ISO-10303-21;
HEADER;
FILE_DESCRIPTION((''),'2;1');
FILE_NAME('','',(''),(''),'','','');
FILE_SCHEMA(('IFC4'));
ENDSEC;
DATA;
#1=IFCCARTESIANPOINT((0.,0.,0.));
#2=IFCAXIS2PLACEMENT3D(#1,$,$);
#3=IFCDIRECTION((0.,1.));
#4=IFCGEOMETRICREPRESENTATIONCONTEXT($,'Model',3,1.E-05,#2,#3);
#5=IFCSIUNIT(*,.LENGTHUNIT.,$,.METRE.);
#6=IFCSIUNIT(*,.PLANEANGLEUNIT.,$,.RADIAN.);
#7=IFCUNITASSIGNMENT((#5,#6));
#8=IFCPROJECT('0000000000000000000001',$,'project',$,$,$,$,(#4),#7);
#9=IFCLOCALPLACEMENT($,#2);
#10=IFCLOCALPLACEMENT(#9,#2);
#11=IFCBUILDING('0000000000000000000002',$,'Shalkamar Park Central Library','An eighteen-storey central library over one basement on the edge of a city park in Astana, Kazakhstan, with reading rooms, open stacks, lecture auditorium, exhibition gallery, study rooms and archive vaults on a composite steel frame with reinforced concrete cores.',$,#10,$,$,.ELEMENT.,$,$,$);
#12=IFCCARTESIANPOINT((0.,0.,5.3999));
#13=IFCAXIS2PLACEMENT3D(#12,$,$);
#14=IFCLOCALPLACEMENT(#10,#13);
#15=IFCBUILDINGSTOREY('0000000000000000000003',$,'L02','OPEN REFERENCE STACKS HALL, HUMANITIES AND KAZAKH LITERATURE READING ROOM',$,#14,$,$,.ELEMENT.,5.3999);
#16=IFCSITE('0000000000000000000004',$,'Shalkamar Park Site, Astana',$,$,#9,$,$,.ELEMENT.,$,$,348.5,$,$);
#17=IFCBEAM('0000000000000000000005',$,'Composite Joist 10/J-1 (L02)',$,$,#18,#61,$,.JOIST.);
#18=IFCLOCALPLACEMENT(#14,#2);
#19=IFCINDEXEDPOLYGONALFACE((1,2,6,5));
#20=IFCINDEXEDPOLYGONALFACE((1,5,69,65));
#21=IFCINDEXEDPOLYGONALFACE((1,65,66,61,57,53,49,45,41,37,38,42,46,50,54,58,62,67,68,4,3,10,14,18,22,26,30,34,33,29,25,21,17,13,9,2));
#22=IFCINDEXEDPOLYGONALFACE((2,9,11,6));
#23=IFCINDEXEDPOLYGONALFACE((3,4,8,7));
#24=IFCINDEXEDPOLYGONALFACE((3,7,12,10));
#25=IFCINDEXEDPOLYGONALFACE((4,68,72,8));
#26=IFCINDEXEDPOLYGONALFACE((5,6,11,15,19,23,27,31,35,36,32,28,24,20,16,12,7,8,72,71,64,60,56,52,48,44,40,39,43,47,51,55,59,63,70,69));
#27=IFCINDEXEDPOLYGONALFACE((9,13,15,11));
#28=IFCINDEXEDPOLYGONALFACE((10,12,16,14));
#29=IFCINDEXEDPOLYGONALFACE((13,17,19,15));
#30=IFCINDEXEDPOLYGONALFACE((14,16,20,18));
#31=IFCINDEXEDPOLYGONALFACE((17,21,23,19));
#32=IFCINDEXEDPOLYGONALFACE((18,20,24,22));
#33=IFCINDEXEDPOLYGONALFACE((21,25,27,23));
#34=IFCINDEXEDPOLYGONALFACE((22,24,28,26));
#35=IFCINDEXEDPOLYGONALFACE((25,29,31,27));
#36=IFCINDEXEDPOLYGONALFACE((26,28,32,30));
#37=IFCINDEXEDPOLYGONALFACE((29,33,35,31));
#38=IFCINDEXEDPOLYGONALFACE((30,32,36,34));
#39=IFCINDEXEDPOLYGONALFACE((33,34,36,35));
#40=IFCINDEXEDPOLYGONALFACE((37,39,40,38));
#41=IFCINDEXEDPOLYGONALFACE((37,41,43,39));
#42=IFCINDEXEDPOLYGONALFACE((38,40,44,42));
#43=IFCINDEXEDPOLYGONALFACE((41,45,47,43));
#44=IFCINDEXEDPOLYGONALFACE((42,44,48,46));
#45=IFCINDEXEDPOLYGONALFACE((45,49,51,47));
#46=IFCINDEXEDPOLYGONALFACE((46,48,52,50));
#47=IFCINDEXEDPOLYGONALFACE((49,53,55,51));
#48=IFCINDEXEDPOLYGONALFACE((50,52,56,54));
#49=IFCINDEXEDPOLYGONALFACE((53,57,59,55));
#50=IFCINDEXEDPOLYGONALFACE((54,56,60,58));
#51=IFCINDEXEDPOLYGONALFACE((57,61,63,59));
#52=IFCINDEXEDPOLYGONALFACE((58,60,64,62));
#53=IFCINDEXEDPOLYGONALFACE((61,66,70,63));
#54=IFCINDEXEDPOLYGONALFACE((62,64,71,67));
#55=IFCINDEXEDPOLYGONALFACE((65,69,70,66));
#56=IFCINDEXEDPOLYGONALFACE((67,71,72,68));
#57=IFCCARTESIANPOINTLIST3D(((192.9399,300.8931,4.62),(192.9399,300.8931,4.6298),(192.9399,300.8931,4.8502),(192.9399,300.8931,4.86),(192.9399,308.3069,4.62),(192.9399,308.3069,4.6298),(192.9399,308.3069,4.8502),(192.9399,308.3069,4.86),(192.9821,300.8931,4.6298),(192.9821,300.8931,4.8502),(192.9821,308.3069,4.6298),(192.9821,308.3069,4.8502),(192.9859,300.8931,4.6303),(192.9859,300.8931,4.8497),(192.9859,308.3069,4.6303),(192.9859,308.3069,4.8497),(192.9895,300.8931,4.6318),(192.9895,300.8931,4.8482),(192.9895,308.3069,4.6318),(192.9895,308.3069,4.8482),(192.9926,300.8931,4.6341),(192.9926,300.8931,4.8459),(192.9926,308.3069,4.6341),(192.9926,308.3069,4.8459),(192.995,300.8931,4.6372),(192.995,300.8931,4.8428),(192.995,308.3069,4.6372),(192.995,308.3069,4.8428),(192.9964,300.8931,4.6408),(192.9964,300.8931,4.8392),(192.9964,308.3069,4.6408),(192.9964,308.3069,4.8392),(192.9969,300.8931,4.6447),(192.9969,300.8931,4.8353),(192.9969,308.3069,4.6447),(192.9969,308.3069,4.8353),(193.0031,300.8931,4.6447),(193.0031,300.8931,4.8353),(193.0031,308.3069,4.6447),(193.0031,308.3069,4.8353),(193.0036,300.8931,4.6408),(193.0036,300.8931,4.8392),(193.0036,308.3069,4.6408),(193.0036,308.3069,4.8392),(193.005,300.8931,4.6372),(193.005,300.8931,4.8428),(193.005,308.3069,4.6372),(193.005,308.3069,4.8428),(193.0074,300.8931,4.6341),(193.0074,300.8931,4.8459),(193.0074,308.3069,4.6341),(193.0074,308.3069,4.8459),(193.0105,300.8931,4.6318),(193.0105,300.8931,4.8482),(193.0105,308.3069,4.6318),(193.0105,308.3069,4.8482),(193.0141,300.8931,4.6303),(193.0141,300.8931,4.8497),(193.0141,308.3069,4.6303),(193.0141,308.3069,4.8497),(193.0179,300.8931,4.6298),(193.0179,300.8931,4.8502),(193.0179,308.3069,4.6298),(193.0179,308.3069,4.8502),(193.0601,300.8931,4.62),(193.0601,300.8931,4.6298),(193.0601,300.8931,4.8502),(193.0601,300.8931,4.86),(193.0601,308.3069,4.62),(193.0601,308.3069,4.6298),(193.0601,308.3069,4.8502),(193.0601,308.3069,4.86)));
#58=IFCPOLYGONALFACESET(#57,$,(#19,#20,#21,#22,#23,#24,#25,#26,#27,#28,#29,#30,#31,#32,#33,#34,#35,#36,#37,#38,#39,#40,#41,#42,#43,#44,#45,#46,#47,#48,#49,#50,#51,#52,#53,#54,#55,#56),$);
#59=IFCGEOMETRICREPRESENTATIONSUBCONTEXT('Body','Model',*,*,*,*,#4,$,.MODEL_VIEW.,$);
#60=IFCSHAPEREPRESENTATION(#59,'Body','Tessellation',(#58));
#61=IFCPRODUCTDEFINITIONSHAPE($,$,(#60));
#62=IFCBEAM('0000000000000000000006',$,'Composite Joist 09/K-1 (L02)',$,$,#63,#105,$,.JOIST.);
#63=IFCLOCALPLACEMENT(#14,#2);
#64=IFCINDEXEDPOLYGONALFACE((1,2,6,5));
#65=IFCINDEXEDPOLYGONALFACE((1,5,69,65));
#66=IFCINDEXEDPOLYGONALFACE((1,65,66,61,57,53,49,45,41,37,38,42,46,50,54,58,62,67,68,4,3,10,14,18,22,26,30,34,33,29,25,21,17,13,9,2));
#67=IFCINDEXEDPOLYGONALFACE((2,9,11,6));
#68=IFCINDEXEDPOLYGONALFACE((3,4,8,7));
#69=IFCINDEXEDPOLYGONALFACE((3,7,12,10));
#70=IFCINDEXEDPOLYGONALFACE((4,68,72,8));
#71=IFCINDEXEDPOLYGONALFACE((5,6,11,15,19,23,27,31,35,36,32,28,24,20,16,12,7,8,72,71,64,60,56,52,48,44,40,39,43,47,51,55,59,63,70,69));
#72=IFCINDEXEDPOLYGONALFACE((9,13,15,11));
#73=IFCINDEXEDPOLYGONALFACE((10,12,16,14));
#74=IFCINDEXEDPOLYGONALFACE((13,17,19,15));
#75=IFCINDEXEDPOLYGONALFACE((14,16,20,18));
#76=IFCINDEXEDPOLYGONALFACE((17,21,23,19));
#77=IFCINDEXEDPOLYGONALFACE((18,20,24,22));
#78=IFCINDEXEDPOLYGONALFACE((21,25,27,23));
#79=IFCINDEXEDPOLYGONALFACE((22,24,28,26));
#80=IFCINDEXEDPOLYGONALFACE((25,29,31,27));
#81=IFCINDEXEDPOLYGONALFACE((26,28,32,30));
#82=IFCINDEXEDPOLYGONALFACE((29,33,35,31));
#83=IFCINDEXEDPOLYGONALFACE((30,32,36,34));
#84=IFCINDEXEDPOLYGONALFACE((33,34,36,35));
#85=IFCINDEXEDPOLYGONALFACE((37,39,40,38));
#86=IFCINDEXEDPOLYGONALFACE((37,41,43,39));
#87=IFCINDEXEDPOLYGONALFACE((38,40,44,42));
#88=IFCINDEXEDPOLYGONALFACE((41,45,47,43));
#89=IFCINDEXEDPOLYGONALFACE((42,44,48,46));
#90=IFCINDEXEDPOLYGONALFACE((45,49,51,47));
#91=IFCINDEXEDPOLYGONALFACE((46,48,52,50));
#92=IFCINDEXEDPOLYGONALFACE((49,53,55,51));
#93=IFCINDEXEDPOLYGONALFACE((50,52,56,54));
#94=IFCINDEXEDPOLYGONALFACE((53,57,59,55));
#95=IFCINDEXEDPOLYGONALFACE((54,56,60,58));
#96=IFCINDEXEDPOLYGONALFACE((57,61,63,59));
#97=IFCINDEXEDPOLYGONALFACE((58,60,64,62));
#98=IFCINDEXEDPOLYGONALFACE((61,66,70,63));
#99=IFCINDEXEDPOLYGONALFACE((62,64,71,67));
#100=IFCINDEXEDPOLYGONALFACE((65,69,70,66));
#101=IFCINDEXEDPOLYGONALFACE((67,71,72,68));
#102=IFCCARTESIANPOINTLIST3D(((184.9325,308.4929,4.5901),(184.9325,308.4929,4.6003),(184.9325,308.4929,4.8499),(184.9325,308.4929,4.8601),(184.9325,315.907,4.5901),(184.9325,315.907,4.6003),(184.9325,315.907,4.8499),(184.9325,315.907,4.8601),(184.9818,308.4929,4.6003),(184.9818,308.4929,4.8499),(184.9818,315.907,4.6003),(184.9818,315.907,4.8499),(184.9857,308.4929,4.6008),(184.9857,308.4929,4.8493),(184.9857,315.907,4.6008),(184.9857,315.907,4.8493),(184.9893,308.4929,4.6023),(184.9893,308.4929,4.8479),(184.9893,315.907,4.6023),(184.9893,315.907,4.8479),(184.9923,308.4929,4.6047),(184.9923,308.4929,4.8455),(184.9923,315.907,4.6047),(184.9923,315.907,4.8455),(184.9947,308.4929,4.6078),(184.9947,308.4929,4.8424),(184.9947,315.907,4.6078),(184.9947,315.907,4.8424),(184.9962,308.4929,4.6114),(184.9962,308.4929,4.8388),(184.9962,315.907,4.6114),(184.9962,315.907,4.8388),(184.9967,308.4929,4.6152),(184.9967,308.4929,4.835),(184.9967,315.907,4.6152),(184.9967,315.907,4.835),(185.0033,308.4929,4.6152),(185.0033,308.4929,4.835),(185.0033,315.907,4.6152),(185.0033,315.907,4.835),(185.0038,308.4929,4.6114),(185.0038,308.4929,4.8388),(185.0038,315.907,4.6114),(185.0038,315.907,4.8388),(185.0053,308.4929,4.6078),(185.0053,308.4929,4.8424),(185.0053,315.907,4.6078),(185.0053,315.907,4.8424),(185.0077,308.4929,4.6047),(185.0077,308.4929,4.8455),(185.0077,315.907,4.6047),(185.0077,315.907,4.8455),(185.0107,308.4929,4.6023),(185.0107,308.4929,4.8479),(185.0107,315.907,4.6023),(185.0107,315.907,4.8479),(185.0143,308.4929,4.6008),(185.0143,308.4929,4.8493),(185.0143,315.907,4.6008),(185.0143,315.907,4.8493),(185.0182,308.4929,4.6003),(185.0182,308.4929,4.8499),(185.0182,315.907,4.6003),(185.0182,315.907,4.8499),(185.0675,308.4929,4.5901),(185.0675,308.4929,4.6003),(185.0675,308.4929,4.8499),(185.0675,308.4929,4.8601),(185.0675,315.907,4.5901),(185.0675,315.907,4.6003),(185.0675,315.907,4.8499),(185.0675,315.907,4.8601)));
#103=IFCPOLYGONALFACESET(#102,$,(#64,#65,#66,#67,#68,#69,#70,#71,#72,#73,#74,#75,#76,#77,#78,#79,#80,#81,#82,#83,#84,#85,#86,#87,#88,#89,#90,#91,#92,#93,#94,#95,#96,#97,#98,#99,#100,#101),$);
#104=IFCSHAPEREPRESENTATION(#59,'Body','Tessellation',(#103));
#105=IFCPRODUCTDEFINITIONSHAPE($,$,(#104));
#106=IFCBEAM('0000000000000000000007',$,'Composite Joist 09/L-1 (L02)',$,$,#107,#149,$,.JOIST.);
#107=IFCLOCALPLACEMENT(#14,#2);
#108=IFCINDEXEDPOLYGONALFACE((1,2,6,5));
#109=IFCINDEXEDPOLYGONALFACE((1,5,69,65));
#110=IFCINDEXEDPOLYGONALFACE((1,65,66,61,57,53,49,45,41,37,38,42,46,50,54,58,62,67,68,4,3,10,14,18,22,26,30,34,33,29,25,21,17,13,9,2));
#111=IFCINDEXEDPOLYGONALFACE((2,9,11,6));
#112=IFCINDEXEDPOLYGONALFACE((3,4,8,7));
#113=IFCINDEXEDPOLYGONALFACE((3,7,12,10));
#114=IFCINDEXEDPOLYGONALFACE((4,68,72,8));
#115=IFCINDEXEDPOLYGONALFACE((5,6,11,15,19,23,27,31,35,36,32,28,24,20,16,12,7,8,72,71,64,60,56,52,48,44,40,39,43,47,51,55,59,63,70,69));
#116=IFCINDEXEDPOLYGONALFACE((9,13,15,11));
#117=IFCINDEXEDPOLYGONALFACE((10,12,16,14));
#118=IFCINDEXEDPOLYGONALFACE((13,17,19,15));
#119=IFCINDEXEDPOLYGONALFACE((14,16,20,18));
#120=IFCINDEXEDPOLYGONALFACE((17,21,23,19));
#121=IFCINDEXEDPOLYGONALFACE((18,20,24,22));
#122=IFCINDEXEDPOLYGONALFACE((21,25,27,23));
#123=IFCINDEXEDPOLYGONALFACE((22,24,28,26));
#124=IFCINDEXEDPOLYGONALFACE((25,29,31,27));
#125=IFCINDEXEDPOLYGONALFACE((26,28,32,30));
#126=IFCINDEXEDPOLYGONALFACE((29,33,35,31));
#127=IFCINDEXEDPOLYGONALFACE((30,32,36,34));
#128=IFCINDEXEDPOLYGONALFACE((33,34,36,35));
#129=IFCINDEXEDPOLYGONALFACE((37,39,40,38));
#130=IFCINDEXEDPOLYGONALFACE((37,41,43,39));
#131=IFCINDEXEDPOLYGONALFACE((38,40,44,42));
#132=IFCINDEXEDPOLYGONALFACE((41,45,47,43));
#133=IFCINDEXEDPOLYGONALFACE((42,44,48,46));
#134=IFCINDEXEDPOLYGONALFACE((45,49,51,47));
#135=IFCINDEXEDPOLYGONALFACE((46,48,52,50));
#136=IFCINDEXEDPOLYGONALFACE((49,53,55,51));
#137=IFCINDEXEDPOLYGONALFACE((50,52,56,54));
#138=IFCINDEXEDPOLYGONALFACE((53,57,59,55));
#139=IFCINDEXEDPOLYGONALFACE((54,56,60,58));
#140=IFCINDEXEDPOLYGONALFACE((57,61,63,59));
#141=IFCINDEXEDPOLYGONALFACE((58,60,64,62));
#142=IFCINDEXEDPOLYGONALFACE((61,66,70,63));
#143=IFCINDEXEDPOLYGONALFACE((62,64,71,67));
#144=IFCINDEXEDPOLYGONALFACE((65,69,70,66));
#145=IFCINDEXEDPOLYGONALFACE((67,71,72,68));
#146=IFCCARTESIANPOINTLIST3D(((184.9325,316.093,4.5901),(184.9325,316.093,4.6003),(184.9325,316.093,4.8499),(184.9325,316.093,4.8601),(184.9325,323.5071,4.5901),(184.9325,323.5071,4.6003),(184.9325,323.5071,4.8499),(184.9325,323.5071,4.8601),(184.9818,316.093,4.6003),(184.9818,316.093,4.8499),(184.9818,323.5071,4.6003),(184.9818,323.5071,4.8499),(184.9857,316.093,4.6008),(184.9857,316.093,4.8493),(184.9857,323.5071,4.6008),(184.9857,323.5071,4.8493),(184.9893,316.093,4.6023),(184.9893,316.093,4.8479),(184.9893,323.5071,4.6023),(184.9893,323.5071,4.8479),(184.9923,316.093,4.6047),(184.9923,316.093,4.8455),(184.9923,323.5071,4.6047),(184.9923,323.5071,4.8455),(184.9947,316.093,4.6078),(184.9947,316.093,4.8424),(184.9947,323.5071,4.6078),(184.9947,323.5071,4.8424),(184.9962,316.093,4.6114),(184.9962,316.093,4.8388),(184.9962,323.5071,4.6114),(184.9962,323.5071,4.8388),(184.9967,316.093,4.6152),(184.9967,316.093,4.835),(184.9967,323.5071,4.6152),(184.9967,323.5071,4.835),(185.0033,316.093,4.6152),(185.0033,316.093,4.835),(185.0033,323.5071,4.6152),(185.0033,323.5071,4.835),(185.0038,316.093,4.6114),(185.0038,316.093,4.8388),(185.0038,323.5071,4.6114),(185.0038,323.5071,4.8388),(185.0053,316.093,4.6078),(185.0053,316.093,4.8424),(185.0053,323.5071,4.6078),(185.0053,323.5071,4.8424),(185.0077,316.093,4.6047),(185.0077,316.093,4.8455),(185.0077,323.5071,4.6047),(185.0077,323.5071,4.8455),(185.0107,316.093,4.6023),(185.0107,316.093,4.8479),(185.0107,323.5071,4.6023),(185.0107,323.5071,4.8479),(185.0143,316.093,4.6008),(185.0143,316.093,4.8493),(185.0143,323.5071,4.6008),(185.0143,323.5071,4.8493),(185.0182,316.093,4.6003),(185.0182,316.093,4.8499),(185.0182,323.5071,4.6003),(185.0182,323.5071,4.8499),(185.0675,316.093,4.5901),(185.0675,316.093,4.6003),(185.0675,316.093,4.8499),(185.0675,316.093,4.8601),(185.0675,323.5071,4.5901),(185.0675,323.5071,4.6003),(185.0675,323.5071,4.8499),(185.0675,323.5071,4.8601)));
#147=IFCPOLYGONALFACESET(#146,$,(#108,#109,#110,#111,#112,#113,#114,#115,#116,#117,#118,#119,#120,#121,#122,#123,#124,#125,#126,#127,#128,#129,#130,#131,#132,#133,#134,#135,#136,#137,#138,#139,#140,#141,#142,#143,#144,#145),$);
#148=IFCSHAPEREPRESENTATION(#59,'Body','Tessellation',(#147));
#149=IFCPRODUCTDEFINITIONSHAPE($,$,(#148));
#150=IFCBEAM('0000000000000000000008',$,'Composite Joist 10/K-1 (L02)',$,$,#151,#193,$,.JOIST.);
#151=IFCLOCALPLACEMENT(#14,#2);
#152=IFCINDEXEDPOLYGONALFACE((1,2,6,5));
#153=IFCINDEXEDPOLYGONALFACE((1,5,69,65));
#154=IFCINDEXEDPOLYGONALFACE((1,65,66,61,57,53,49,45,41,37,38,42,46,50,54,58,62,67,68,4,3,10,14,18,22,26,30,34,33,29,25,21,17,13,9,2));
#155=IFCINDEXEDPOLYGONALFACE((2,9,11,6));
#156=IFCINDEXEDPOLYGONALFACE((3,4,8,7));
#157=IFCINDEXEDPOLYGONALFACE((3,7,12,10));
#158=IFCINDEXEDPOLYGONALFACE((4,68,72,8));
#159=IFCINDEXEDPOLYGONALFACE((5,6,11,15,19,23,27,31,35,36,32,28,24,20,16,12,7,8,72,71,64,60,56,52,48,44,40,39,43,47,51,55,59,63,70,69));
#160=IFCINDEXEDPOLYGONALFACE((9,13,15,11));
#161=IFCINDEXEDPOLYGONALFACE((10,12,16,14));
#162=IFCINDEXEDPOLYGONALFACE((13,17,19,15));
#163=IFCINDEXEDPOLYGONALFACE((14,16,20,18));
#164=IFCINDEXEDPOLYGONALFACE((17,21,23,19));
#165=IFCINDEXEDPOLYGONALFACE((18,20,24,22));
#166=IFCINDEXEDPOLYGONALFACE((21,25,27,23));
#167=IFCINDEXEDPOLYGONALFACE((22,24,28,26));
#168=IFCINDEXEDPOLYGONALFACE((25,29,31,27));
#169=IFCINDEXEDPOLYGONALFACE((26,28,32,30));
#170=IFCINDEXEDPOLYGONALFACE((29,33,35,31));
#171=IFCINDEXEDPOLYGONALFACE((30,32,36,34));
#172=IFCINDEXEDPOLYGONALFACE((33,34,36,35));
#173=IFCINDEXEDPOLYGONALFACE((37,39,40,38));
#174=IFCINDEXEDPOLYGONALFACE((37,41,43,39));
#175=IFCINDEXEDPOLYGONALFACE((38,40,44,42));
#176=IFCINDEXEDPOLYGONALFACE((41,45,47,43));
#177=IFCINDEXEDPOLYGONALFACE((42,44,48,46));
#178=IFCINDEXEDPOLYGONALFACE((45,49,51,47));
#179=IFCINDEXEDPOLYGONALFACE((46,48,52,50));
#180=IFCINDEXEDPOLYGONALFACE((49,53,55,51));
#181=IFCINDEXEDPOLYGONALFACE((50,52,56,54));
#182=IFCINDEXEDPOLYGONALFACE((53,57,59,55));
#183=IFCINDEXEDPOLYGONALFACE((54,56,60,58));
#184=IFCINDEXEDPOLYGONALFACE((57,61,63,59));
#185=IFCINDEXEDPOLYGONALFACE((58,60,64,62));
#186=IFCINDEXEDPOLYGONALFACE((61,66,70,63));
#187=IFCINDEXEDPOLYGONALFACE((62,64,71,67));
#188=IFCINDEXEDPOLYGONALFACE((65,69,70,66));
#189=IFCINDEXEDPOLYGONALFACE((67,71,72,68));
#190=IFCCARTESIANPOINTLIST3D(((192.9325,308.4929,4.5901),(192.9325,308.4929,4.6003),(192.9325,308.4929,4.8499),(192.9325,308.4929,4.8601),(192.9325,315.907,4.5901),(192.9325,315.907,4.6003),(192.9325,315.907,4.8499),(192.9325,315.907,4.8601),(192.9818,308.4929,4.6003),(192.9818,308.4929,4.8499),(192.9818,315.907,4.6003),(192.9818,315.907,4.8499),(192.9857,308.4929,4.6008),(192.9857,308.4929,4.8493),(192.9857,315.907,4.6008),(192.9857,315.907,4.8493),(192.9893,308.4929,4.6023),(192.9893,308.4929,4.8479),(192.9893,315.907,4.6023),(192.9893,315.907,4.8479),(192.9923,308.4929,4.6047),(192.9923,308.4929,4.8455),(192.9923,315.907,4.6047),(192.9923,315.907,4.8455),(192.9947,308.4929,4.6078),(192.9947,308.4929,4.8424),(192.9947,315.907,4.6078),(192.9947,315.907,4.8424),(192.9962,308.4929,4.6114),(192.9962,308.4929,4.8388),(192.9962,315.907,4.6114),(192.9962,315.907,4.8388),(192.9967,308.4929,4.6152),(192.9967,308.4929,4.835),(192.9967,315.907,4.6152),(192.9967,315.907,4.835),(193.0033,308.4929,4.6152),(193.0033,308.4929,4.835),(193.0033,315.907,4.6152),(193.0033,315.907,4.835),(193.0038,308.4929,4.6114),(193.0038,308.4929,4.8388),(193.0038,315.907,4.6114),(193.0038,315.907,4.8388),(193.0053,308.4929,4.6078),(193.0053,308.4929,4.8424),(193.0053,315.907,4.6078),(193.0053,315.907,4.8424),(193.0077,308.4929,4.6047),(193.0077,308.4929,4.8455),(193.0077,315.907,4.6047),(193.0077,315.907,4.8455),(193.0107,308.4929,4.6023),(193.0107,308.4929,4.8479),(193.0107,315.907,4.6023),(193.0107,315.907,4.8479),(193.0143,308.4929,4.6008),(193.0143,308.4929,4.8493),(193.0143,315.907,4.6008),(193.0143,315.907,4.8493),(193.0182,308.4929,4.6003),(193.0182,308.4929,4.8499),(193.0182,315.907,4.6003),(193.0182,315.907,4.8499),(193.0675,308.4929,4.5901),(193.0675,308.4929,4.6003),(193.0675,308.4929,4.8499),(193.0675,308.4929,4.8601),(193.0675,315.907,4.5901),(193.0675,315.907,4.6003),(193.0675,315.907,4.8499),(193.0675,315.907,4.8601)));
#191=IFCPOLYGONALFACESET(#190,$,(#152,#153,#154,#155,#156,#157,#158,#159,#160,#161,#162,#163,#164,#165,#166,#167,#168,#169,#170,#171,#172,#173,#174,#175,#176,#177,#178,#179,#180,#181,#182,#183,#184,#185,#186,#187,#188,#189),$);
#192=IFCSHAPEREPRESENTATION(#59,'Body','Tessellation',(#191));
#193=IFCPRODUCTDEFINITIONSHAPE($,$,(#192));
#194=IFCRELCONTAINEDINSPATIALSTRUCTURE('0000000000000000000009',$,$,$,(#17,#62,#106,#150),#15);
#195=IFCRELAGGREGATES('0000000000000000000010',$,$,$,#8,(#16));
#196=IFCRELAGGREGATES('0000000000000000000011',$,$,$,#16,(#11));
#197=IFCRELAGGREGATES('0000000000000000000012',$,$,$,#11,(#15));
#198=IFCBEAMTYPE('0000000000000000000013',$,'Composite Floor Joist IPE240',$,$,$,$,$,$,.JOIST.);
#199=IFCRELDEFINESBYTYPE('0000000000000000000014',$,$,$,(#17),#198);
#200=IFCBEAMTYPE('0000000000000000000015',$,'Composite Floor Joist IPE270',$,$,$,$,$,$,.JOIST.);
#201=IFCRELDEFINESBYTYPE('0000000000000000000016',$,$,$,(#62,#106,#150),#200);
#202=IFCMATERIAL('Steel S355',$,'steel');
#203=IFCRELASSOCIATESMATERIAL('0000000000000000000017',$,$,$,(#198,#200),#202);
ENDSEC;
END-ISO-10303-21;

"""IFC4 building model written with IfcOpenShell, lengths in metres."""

from ifc_helpers import new_model, si_unit, direction, frame, origin, origin_2d, place, context, subcontext, project, spatial, i_section, extrude, material, material_profile, profile_set, type_object, element, save


model = new_model("IFC4")

# Units and contexts
model_context = context("Model", 3, precision=1e-05, world=origin(), true_north=direction((0.0, 1.0)))
body_context = subcontext(model_context, "Body", "Model", "MODEL_VIEW")
ifc_project = project(units=[si_unit("LENGTHUNIT", "METRE"), si_unit("PLANEANGLEUNIT", "RADIAN")], contexts=[model_context])

# Site, building, storey
site_placement = place(None, origin())
site = spatial("IfcSite", under=ifc_project, at=site_placement, Name="Shalkamar Park Site, Astana", CompositionType="ELEMENT", RefElevation=348.5)
building_placement = place(site_placement, origin())
building = spatial("IfcBuilding", under=site, at=building_placement, Name="Shalkamar Park Central Library", Description="An eighteen-storey central library over one basement on the edge of a city park in Astana, Kazakhstan, with reading rooms, open stacks, lecture auditorium, exhibition gallery, study rooms and archive vaults on a composite steel frame with reinforced concrete cores.", CompositionType="ELEMENT")
storey_placement = place(building_placement, frame((0.0, 0.0, 5.3999)))
storey = spatial("IfcBuildingStorey", under=building, at=storey_placement, Name="L02", Description="OPEN REFERENCE STACKS HALL, HUMANITIES AND KAZAKH LITERATURE READING ROOM", CompositionType="ELEMENT", Elevation=5.3999)

# Shared definitions
ifc_material_1 = material(Name="Steel S355", Category="steel")

# Beams
ifc_material_profile_1 = material_profile(ifc_material_1, i_section(OverallWidth=0.1201, OverallDepth=0.24, WebThickness=0.0061, FlangeThickness=0.0098, FilletRadius=0.0149, at=origin_2d()), Name="IPE 240")
ifc_profile_set_1 = profile_set([ifc_material_profile_1], Name="Steel S355")
beam_type_1 = type_object("IfcBeamType", Name="Composite Floor Joist IPE240", PredefinedType="JOIST", material=ifc_profile_set_1)
for number, where, z_axis, x_axis, name in (
    (1, (193.0, 300.8931, 4.74), (0.0, 1.0, 0.0), (-1.0, 0.0, 0.0), "Composite Joist 10/J-1 (L02)"),
):
    element("IfcBeam", number, at=place(storey_placement, frame(where, z_axis=z_axis, x_axis=x_axis)), inside=storey, type_object=beam_type_1, Name=name, PredefinedType="JOIST", context=body_context, shape_type="SweptSolid", body=[
        extrude(i_section(OverallWidth=0.1201, OverallDepth=0.24, WebThickness=0.0061, FlangeThickness=0.0098, FilletRadius=0.0149, at=origin_2d()), origin(), (0.0, 0.0, 1.0), 7.4138),
    ])
ifc_material_profile_2 = material_profile(ifc_material_1, i_section(OverallWidth=0.135, OverallDepth=0.27, WebThickness=0.0066, FlangeThickness=0.0103, FilletRadius=0.0149, at=origin_2d()), Name="IPE 270")
ifc_profile_set_2 = profile_set([ifc_material_profile_2], Name="Steel S355")
beam_type_2 = type_object("IfcBeamType", Name="Composite Floor Joist IPE270", PredefinedType="JOIST", material=ifc_profile_set_2)
for number, where, z_axis, x_axis, name in (
    (2, (185.0, 308.4929, 4.7251), (0.0, 1.0, 0.0), (-1.0, 0.0, 0.0), "Composite Joist 09/K-1 (L02)"),
    (3, (185.0, 316.093, 4.7251), (0.0, 1.0, 0.0), (-1.0, 0.0, 0.0), "Composite Joist 09/L-1 (L02)"),
    (4, (193.0, 308.4929, 4.7251), (0.0, 1.0, 0.0), (-1.0, 0.0, 0.0), "Composite Joist 10/K-1 (L02)"),
):
    element("IfcBeam", number, at=place(storey_placement, frame(where, z_axis=z_axis, x_axis=x_axis)), inside=storey, type_object=beam_type_2, Name=name, PredefinedType="JOIST", context=body_context, shape_type="SweptSolid", body=[
        extrude(i_section(OverallWidth=0.135, OverallDepth=0.27, WebThickness=0.0066, FlangeThickness=0.0103, FilletRadius=0.0149, at=origin_2d()), origin(), (0.0, 0.0, 1.0), 7.4141),
    ])

save(model, "model.ifc")
